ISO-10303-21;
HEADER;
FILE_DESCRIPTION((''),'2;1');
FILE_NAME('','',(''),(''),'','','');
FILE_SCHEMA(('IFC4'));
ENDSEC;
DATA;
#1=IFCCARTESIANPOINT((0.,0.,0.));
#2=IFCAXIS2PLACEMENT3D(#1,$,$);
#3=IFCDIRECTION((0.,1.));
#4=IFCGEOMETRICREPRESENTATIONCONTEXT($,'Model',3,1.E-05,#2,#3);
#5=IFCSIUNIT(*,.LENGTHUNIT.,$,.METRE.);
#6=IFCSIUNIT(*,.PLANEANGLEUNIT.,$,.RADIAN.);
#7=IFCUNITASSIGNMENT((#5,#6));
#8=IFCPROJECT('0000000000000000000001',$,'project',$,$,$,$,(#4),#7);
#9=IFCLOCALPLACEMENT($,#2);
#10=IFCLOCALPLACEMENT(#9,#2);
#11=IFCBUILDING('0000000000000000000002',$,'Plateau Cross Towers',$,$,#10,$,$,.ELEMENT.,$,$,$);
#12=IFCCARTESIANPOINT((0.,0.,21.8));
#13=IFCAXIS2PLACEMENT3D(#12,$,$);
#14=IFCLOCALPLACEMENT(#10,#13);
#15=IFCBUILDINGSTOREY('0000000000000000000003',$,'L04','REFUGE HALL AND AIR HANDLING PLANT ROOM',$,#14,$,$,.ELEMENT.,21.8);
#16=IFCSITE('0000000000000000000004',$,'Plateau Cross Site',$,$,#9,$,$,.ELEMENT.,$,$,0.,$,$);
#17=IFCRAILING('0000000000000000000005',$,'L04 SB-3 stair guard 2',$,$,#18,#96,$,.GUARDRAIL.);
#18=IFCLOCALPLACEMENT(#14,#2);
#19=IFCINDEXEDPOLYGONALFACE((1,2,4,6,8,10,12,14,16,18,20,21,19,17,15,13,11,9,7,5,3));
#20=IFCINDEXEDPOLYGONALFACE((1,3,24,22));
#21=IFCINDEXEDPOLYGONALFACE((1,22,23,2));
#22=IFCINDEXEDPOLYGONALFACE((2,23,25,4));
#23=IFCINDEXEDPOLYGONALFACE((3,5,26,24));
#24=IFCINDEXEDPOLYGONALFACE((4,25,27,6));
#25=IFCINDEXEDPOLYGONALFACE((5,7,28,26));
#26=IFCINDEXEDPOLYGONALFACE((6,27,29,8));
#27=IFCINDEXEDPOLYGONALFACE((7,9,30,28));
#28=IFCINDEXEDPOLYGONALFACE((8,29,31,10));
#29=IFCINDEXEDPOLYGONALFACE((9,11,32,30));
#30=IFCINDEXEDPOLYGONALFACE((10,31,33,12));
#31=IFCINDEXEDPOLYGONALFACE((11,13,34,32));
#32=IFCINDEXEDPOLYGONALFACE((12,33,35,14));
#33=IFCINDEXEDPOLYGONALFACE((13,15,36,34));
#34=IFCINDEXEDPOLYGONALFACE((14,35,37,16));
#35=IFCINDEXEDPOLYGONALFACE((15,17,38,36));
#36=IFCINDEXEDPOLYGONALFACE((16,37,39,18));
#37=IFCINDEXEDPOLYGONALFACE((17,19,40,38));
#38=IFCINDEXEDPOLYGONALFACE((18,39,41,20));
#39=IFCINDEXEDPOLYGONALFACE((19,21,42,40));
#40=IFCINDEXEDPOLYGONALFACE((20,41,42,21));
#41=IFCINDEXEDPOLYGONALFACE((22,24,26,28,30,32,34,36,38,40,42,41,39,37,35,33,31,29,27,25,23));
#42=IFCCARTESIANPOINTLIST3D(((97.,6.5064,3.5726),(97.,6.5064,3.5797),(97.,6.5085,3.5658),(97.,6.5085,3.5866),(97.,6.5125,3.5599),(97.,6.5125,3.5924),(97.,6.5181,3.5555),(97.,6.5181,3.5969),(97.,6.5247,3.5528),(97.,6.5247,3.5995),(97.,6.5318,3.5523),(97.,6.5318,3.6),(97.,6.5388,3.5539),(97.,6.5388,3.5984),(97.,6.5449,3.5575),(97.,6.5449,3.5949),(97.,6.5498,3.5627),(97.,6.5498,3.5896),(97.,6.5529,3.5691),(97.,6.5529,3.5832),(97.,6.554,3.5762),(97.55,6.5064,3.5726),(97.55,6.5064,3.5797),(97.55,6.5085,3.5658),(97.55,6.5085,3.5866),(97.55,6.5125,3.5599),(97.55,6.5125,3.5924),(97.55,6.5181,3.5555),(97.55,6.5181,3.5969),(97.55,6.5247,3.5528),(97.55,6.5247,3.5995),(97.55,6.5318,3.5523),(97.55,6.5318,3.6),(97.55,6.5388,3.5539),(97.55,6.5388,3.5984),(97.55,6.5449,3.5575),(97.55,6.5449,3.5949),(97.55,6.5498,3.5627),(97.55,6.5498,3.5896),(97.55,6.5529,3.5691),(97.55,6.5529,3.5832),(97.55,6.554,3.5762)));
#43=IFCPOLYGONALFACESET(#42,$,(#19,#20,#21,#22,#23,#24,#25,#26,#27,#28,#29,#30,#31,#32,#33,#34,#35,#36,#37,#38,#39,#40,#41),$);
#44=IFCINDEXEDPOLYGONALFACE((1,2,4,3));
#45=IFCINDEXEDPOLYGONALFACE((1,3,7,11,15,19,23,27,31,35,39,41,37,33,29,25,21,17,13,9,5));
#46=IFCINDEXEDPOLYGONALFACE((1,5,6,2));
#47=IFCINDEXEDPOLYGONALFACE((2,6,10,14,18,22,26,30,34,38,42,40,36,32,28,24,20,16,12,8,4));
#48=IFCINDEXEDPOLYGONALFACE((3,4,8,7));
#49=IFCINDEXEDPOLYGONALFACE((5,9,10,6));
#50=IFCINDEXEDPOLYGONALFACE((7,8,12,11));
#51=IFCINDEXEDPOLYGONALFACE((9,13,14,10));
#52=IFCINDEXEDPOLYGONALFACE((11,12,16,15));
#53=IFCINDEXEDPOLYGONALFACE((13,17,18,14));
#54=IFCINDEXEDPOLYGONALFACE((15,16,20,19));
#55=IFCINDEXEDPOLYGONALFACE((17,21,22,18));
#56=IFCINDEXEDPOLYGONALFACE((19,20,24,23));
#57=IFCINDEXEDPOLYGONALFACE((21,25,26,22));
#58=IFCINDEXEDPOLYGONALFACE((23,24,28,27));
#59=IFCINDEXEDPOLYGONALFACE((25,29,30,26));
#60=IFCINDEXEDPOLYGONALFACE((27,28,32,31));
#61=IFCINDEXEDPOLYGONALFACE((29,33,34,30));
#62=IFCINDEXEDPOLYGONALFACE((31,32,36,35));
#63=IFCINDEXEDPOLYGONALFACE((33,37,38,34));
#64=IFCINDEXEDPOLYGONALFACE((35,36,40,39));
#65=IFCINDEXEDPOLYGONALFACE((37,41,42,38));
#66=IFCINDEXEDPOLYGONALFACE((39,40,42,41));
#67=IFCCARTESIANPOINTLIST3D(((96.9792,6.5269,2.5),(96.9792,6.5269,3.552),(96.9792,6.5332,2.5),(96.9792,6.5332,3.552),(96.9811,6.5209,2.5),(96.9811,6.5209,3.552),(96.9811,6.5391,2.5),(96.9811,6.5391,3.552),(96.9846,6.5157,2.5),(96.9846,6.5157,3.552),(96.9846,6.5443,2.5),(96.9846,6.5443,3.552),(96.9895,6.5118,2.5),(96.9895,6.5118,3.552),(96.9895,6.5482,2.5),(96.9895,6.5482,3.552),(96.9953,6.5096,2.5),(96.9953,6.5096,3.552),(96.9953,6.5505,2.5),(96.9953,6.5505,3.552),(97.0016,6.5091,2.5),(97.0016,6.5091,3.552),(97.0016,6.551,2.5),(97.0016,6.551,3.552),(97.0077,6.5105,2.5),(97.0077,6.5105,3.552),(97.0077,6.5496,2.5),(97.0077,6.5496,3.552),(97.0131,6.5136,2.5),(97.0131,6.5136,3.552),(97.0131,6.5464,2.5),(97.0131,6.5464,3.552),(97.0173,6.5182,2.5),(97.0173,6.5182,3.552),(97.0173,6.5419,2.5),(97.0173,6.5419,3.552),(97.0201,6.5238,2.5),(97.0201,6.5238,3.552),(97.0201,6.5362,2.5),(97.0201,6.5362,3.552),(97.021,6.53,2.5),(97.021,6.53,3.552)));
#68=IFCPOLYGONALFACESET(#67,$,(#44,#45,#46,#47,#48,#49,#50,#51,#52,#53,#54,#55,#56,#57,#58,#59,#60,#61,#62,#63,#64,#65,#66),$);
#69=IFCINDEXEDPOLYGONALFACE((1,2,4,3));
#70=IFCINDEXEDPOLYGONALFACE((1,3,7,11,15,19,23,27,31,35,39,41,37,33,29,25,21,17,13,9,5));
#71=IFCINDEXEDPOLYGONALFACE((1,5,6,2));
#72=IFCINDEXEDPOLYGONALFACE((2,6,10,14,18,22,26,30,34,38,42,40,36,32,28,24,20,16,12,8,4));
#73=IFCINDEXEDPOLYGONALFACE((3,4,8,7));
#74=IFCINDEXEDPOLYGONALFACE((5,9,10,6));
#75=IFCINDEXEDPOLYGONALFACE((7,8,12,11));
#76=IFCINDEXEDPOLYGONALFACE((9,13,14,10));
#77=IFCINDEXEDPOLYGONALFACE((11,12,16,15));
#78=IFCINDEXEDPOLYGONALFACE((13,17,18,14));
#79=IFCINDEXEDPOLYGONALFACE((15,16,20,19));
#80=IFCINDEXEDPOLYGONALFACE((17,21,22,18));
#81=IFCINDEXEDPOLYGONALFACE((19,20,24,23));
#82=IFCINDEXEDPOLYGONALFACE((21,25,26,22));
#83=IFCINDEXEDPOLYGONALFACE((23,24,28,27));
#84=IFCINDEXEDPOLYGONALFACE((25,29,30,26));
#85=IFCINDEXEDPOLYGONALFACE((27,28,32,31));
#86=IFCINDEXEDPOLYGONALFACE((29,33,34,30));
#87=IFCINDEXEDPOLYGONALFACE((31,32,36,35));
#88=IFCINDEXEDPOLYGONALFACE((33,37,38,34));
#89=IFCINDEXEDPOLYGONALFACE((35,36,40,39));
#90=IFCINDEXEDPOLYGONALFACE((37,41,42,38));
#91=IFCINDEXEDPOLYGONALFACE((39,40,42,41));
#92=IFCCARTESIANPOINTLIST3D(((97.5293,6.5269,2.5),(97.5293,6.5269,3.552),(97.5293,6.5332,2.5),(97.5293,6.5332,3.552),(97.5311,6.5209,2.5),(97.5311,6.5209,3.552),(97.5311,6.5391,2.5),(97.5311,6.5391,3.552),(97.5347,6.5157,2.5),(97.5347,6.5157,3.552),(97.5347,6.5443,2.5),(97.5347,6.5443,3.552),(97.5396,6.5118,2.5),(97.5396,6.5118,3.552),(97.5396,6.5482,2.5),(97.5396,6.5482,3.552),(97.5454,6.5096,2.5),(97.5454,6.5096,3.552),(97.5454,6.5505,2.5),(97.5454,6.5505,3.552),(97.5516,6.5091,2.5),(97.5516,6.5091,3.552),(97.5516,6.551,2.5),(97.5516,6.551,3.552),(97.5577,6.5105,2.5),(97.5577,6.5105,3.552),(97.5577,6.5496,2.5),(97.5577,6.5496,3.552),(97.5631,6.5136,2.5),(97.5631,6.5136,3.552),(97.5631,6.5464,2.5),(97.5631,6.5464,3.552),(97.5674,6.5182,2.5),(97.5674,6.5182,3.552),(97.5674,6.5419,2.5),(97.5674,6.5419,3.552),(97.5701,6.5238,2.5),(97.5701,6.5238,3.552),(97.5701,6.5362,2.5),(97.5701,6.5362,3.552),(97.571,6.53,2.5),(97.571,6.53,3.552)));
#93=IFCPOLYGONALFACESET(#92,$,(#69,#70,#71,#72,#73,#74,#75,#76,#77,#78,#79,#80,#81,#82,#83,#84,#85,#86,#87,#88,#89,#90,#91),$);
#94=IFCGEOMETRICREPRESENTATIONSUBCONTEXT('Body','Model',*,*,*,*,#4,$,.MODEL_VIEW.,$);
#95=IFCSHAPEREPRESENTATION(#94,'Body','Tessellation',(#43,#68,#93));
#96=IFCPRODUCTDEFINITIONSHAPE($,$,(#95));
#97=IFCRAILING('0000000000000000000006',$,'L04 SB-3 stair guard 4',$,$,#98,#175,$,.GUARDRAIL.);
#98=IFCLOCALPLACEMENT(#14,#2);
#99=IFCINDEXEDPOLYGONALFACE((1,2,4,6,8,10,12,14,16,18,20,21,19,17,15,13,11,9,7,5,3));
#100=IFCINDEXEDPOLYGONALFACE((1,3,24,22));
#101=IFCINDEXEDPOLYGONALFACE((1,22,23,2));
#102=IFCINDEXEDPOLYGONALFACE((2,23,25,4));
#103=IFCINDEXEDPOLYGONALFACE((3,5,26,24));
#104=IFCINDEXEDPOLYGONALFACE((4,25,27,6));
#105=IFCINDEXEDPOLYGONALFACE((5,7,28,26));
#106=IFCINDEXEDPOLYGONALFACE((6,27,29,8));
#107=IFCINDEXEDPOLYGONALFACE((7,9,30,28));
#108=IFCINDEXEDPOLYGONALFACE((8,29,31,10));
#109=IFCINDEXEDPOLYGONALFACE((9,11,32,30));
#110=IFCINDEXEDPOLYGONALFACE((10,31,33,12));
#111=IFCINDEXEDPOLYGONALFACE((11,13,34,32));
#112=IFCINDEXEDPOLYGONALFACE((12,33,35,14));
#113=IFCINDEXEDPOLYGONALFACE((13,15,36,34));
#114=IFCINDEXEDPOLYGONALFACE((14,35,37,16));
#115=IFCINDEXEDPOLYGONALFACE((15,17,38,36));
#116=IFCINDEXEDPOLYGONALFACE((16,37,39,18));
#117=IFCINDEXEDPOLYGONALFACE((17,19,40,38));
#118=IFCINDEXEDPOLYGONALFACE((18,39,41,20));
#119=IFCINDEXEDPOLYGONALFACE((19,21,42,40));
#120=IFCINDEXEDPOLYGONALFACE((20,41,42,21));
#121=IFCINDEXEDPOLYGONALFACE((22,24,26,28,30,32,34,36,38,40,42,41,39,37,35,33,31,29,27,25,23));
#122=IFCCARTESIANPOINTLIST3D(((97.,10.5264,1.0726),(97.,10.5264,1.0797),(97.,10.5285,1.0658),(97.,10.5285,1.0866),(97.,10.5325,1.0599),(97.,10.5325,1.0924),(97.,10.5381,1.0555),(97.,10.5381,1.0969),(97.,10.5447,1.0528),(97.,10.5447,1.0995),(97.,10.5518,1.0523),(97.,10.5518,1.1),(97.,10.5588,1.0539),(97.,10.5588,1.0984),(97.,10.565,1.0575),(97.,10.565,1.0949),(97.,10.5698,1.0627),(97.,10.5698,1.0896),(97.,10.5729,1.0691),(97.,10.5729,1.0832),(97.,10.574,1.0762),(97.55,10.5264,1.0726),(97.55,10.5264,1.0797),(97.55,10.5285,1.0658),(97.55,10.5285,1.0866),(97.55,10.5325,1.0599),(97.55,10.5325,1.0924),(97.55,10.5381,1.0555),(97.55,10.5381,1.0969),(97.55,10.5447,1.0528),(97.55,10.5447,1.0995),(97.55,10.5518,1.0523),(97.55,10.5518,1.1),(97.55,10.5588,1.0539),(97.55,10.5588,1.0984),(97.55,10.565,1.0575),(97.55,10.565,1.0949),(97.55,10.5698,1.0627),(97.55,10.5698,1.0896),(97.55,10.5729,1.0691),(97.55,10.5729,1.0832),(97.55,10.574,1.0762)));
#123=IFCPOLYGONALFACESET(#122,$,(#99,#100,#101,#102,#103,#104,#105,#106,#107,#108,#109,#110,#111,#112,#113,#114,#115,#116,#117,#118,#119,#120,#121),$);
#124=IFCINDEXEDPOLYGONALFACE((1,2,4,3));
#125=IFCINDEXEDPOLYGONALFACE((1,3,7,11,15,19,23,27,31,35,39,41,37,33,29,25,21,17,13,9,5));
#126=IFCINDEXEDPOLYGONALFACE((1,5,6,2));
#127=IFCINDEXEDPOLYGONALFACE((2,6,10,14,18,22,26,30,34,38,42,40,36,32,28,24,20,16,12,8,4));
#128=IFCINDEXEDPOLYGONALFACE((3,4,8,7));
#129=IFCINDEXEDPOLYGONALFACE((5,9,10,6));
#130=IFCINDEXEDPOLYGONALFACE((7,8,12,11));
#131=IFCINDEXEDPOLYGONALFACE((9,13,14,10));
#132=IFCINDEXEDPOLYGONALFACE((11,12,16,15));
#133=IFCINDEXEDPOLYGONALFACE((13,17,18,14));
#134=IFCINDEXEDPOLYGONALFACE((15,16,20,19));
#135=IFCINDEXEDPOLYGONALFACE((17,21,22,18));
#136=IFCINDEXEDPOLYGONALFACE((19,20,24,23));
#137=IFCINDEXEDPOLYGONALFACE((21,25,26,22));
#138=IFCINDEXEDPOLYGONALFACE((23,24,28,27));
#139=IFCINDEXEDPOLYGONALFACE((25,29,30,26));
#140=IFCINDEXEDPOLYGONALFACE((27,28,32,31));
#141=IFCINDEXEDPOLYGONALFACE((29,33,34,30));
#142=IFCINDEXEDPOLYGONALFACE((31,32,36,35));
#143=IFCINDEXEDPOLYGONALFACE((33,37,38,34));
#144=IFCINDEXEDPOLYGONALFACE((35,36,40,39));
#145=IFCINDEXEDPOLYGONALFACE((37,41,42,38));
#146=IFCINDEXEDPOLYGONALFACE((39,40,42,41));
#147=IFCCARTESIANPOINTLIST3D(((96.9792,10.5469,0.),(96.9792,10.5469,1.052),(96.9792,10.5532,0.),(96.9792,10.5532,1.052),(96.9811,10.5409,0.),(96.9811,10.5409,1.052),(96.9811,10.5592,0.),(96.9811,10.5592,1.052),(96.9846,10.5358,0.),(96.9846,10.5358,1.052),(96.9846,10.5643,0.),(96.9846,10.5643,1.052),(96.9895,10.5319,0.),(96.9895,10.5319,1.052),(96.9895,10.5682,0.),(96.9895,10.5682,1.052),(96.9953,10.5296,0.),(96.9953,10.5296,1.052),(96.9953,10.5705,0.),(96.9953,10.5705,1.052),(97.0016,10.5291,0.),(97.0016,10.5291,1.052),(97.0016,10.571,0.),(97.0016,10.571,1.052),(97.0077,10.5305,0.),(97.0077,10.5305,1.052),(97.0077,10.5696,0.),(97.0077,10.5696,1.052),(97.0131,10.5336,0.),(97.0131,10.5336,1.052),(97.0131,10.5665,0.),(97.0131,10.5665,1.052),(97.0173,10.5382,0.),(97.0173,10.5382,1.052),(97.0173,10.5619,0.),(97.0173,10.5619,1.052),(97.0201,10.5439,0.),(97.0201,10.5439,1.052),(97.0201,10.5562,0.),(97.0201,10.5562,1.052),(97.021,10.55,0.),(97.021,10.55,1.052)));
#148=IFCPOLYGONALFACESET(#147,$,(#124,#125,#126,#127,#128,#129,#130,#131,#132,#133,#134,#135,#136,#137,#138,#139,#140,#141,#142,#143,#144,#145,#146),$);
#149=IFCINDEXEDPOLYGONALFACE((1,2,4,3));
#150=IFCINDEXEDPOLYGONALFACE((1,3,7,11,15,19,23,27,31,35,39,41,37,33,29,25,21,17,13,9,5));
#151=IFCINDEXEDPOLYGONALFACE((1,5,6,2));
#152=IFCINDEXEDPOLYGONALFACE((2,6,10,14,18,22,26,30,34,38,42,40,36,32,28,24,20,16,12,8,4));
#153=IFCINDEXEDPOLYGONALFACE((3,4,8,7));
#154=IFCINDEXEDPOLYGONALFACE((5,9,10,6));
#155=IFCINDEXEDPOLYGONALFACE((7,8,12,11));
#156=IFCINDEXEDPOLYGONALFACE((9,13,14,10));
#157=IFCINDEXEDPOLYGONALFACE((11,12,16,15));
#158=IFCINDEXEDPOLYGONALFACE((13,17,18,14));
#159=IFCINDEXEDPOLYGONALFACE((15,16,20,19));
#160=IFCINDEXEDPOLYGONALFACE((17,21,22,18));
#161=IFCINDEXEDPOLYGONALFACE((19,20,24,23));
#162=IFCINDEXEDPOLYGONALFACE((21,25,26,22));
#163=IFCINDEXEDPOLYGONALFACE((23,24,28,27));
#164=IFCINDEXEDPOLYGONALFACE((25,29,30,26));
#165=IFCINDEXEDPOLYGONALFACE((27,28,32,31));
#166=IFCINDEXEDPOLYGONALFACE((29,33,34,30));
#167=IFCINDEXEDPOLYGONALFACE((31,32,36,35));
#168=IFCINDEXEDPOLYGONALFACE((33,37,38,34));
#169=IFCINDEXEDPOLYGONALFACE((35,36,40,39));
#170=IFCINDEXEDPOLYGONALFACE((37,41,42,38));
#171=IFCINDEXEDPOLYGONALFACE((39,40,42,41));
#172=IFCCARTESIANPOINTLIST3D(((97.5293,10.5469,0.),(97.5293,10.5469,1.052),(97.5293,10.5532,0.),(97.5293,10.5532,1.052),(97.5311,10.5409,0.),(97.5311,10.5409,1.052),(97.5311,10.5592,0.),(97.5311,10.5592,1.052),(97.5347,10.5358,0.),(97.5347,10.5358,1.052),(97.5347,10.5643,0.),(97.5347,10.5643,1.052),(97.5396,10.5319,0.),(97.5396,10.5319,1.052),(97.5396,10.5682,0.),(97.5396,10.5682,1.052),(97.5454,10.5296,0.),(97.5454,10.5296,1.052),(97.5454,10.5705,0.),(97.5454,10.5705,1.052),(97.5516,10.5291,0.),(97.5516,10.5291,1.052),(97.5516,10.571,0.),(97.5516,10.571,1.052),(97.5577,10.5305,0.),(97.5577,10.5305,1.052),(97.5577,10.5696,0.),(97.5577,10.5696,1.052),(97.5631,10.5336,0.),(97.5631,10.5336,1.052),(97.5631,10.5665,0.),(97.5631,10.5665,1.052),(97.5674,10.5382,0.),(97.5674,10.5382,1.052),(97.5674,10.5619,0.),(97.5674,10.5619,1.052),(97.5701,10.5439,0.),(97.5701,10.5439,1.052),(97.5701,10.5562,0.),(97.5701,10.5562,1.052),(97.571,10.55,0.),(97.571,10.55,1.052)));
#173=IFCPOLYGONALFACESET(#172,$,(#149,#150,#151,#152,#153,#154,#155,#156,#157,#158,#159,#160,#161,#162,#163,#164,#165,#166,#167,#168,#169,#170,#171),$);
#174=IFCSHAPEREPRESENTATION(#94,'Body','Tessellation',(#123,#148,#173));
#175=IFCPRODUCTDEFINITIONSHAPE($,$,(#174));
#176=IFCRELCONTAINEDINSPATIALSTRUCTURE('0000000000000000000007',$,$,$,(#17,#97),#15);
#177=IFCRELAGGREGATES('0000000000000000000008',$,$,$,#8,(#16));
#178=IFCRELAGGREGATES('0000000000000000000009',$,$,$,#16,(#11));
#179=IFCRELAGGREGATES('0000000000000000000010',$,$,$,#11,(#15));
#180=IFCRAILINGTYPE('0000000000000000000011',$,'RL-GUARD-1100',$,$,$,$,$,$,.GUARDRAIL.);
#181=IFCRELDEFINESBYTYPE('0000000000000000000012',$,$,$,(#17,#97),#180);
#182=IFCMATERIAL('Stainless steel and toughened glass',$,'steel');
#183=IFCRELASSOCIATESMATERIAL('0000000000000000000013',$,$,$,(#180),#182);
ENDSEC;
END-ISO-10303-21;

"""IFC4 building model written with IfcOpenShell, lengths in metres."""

from ifc_helpers import new_model, si_unit, direction, frame, origin, origin_2d, place, context, subcontext, project, spatial, circle, extrude, material, type_object, element, save


model = new_model("IFC4")

# Units and contexts
model_context = context("Model", 3, precision=1e-05, world=origin(), true_north=direction((0.0, 1.0)))
body_context = subcontext(model_context, "Body", "Model", "MODEL_VIEW")
ifc_project = project(units=[si_unit("LENGTHUNIT", "METRE"), si_unit("PLANEANGLEUNIT", "RADIAN")], contexts=[model_context])

# Site, building, storey
site_placement = place(None, origin())
site = spatial("IfcSite", under=ifc_project, at=site_placement, Name="Plateau Cross Site", CompositionType="ELEMENT", RefElevation=0.0)
building_placement = place(site_placement, origin())
building = spatial("IfcBuilding", under=site, at=building_placement, Name="Plateau Cross Towers", CompositionType="ELEMENT")
storey_placement = place(building_placement, frame((0.0, 0.0, 21.8)))
storey = spatial("IfcBuildingStorey", under=building, at=storey_placement, Name="L04", Description="REFUGE HALL AND AIR HANDLING PLANT ROOM", CompositionType="ELEMENT", Elevation=21.8)

# Railings
ifc_material_1 = material(Name="Stainless steel and toughened glass", Category="steel")
railing_type_1 = type_object("IfcRailingType", Name="RL-GUARD-1100", PredefinedType="GUARDRAIL", material=ifc_material_1)
for number, where, name in (
    (1, (97.0, 6.53, 2.5), "L04 SB-3 stair guard 2"),
    (2, (97.0, 10.55, 0.0), "L04 SB-3 stair guard 4"),
):
    element("IfcRailing", number, at=place(storey_placement, frame(where)), inside=storey, type_object=railing_type_1, Name=name, PredefinedType="GUARDRAIL", context=body_context, shape_type="SweptSolid", body=[
        extrude(circle(Radius=0.0239, at=origin_2d()), frame((0.0, 0.0, 1.0762), z_axis=(1.0, 0.0, 0.0), x_axis=(0.0, 1.0, 0.0)), (0.0, 0.0, 1.0), 0.55),
        extrude(circle(Radius=0.021, at=origin_2d()), origin(), (0.0, 0.0, 1.0), 1.052),
        extrude(circle(Radius=0.021, at=origin_2d()), frame((0.55, 0.0, 0.0)), (0.0, 0.0, 1.0), 1.052),
    ])

save(model, "model.ifc")
